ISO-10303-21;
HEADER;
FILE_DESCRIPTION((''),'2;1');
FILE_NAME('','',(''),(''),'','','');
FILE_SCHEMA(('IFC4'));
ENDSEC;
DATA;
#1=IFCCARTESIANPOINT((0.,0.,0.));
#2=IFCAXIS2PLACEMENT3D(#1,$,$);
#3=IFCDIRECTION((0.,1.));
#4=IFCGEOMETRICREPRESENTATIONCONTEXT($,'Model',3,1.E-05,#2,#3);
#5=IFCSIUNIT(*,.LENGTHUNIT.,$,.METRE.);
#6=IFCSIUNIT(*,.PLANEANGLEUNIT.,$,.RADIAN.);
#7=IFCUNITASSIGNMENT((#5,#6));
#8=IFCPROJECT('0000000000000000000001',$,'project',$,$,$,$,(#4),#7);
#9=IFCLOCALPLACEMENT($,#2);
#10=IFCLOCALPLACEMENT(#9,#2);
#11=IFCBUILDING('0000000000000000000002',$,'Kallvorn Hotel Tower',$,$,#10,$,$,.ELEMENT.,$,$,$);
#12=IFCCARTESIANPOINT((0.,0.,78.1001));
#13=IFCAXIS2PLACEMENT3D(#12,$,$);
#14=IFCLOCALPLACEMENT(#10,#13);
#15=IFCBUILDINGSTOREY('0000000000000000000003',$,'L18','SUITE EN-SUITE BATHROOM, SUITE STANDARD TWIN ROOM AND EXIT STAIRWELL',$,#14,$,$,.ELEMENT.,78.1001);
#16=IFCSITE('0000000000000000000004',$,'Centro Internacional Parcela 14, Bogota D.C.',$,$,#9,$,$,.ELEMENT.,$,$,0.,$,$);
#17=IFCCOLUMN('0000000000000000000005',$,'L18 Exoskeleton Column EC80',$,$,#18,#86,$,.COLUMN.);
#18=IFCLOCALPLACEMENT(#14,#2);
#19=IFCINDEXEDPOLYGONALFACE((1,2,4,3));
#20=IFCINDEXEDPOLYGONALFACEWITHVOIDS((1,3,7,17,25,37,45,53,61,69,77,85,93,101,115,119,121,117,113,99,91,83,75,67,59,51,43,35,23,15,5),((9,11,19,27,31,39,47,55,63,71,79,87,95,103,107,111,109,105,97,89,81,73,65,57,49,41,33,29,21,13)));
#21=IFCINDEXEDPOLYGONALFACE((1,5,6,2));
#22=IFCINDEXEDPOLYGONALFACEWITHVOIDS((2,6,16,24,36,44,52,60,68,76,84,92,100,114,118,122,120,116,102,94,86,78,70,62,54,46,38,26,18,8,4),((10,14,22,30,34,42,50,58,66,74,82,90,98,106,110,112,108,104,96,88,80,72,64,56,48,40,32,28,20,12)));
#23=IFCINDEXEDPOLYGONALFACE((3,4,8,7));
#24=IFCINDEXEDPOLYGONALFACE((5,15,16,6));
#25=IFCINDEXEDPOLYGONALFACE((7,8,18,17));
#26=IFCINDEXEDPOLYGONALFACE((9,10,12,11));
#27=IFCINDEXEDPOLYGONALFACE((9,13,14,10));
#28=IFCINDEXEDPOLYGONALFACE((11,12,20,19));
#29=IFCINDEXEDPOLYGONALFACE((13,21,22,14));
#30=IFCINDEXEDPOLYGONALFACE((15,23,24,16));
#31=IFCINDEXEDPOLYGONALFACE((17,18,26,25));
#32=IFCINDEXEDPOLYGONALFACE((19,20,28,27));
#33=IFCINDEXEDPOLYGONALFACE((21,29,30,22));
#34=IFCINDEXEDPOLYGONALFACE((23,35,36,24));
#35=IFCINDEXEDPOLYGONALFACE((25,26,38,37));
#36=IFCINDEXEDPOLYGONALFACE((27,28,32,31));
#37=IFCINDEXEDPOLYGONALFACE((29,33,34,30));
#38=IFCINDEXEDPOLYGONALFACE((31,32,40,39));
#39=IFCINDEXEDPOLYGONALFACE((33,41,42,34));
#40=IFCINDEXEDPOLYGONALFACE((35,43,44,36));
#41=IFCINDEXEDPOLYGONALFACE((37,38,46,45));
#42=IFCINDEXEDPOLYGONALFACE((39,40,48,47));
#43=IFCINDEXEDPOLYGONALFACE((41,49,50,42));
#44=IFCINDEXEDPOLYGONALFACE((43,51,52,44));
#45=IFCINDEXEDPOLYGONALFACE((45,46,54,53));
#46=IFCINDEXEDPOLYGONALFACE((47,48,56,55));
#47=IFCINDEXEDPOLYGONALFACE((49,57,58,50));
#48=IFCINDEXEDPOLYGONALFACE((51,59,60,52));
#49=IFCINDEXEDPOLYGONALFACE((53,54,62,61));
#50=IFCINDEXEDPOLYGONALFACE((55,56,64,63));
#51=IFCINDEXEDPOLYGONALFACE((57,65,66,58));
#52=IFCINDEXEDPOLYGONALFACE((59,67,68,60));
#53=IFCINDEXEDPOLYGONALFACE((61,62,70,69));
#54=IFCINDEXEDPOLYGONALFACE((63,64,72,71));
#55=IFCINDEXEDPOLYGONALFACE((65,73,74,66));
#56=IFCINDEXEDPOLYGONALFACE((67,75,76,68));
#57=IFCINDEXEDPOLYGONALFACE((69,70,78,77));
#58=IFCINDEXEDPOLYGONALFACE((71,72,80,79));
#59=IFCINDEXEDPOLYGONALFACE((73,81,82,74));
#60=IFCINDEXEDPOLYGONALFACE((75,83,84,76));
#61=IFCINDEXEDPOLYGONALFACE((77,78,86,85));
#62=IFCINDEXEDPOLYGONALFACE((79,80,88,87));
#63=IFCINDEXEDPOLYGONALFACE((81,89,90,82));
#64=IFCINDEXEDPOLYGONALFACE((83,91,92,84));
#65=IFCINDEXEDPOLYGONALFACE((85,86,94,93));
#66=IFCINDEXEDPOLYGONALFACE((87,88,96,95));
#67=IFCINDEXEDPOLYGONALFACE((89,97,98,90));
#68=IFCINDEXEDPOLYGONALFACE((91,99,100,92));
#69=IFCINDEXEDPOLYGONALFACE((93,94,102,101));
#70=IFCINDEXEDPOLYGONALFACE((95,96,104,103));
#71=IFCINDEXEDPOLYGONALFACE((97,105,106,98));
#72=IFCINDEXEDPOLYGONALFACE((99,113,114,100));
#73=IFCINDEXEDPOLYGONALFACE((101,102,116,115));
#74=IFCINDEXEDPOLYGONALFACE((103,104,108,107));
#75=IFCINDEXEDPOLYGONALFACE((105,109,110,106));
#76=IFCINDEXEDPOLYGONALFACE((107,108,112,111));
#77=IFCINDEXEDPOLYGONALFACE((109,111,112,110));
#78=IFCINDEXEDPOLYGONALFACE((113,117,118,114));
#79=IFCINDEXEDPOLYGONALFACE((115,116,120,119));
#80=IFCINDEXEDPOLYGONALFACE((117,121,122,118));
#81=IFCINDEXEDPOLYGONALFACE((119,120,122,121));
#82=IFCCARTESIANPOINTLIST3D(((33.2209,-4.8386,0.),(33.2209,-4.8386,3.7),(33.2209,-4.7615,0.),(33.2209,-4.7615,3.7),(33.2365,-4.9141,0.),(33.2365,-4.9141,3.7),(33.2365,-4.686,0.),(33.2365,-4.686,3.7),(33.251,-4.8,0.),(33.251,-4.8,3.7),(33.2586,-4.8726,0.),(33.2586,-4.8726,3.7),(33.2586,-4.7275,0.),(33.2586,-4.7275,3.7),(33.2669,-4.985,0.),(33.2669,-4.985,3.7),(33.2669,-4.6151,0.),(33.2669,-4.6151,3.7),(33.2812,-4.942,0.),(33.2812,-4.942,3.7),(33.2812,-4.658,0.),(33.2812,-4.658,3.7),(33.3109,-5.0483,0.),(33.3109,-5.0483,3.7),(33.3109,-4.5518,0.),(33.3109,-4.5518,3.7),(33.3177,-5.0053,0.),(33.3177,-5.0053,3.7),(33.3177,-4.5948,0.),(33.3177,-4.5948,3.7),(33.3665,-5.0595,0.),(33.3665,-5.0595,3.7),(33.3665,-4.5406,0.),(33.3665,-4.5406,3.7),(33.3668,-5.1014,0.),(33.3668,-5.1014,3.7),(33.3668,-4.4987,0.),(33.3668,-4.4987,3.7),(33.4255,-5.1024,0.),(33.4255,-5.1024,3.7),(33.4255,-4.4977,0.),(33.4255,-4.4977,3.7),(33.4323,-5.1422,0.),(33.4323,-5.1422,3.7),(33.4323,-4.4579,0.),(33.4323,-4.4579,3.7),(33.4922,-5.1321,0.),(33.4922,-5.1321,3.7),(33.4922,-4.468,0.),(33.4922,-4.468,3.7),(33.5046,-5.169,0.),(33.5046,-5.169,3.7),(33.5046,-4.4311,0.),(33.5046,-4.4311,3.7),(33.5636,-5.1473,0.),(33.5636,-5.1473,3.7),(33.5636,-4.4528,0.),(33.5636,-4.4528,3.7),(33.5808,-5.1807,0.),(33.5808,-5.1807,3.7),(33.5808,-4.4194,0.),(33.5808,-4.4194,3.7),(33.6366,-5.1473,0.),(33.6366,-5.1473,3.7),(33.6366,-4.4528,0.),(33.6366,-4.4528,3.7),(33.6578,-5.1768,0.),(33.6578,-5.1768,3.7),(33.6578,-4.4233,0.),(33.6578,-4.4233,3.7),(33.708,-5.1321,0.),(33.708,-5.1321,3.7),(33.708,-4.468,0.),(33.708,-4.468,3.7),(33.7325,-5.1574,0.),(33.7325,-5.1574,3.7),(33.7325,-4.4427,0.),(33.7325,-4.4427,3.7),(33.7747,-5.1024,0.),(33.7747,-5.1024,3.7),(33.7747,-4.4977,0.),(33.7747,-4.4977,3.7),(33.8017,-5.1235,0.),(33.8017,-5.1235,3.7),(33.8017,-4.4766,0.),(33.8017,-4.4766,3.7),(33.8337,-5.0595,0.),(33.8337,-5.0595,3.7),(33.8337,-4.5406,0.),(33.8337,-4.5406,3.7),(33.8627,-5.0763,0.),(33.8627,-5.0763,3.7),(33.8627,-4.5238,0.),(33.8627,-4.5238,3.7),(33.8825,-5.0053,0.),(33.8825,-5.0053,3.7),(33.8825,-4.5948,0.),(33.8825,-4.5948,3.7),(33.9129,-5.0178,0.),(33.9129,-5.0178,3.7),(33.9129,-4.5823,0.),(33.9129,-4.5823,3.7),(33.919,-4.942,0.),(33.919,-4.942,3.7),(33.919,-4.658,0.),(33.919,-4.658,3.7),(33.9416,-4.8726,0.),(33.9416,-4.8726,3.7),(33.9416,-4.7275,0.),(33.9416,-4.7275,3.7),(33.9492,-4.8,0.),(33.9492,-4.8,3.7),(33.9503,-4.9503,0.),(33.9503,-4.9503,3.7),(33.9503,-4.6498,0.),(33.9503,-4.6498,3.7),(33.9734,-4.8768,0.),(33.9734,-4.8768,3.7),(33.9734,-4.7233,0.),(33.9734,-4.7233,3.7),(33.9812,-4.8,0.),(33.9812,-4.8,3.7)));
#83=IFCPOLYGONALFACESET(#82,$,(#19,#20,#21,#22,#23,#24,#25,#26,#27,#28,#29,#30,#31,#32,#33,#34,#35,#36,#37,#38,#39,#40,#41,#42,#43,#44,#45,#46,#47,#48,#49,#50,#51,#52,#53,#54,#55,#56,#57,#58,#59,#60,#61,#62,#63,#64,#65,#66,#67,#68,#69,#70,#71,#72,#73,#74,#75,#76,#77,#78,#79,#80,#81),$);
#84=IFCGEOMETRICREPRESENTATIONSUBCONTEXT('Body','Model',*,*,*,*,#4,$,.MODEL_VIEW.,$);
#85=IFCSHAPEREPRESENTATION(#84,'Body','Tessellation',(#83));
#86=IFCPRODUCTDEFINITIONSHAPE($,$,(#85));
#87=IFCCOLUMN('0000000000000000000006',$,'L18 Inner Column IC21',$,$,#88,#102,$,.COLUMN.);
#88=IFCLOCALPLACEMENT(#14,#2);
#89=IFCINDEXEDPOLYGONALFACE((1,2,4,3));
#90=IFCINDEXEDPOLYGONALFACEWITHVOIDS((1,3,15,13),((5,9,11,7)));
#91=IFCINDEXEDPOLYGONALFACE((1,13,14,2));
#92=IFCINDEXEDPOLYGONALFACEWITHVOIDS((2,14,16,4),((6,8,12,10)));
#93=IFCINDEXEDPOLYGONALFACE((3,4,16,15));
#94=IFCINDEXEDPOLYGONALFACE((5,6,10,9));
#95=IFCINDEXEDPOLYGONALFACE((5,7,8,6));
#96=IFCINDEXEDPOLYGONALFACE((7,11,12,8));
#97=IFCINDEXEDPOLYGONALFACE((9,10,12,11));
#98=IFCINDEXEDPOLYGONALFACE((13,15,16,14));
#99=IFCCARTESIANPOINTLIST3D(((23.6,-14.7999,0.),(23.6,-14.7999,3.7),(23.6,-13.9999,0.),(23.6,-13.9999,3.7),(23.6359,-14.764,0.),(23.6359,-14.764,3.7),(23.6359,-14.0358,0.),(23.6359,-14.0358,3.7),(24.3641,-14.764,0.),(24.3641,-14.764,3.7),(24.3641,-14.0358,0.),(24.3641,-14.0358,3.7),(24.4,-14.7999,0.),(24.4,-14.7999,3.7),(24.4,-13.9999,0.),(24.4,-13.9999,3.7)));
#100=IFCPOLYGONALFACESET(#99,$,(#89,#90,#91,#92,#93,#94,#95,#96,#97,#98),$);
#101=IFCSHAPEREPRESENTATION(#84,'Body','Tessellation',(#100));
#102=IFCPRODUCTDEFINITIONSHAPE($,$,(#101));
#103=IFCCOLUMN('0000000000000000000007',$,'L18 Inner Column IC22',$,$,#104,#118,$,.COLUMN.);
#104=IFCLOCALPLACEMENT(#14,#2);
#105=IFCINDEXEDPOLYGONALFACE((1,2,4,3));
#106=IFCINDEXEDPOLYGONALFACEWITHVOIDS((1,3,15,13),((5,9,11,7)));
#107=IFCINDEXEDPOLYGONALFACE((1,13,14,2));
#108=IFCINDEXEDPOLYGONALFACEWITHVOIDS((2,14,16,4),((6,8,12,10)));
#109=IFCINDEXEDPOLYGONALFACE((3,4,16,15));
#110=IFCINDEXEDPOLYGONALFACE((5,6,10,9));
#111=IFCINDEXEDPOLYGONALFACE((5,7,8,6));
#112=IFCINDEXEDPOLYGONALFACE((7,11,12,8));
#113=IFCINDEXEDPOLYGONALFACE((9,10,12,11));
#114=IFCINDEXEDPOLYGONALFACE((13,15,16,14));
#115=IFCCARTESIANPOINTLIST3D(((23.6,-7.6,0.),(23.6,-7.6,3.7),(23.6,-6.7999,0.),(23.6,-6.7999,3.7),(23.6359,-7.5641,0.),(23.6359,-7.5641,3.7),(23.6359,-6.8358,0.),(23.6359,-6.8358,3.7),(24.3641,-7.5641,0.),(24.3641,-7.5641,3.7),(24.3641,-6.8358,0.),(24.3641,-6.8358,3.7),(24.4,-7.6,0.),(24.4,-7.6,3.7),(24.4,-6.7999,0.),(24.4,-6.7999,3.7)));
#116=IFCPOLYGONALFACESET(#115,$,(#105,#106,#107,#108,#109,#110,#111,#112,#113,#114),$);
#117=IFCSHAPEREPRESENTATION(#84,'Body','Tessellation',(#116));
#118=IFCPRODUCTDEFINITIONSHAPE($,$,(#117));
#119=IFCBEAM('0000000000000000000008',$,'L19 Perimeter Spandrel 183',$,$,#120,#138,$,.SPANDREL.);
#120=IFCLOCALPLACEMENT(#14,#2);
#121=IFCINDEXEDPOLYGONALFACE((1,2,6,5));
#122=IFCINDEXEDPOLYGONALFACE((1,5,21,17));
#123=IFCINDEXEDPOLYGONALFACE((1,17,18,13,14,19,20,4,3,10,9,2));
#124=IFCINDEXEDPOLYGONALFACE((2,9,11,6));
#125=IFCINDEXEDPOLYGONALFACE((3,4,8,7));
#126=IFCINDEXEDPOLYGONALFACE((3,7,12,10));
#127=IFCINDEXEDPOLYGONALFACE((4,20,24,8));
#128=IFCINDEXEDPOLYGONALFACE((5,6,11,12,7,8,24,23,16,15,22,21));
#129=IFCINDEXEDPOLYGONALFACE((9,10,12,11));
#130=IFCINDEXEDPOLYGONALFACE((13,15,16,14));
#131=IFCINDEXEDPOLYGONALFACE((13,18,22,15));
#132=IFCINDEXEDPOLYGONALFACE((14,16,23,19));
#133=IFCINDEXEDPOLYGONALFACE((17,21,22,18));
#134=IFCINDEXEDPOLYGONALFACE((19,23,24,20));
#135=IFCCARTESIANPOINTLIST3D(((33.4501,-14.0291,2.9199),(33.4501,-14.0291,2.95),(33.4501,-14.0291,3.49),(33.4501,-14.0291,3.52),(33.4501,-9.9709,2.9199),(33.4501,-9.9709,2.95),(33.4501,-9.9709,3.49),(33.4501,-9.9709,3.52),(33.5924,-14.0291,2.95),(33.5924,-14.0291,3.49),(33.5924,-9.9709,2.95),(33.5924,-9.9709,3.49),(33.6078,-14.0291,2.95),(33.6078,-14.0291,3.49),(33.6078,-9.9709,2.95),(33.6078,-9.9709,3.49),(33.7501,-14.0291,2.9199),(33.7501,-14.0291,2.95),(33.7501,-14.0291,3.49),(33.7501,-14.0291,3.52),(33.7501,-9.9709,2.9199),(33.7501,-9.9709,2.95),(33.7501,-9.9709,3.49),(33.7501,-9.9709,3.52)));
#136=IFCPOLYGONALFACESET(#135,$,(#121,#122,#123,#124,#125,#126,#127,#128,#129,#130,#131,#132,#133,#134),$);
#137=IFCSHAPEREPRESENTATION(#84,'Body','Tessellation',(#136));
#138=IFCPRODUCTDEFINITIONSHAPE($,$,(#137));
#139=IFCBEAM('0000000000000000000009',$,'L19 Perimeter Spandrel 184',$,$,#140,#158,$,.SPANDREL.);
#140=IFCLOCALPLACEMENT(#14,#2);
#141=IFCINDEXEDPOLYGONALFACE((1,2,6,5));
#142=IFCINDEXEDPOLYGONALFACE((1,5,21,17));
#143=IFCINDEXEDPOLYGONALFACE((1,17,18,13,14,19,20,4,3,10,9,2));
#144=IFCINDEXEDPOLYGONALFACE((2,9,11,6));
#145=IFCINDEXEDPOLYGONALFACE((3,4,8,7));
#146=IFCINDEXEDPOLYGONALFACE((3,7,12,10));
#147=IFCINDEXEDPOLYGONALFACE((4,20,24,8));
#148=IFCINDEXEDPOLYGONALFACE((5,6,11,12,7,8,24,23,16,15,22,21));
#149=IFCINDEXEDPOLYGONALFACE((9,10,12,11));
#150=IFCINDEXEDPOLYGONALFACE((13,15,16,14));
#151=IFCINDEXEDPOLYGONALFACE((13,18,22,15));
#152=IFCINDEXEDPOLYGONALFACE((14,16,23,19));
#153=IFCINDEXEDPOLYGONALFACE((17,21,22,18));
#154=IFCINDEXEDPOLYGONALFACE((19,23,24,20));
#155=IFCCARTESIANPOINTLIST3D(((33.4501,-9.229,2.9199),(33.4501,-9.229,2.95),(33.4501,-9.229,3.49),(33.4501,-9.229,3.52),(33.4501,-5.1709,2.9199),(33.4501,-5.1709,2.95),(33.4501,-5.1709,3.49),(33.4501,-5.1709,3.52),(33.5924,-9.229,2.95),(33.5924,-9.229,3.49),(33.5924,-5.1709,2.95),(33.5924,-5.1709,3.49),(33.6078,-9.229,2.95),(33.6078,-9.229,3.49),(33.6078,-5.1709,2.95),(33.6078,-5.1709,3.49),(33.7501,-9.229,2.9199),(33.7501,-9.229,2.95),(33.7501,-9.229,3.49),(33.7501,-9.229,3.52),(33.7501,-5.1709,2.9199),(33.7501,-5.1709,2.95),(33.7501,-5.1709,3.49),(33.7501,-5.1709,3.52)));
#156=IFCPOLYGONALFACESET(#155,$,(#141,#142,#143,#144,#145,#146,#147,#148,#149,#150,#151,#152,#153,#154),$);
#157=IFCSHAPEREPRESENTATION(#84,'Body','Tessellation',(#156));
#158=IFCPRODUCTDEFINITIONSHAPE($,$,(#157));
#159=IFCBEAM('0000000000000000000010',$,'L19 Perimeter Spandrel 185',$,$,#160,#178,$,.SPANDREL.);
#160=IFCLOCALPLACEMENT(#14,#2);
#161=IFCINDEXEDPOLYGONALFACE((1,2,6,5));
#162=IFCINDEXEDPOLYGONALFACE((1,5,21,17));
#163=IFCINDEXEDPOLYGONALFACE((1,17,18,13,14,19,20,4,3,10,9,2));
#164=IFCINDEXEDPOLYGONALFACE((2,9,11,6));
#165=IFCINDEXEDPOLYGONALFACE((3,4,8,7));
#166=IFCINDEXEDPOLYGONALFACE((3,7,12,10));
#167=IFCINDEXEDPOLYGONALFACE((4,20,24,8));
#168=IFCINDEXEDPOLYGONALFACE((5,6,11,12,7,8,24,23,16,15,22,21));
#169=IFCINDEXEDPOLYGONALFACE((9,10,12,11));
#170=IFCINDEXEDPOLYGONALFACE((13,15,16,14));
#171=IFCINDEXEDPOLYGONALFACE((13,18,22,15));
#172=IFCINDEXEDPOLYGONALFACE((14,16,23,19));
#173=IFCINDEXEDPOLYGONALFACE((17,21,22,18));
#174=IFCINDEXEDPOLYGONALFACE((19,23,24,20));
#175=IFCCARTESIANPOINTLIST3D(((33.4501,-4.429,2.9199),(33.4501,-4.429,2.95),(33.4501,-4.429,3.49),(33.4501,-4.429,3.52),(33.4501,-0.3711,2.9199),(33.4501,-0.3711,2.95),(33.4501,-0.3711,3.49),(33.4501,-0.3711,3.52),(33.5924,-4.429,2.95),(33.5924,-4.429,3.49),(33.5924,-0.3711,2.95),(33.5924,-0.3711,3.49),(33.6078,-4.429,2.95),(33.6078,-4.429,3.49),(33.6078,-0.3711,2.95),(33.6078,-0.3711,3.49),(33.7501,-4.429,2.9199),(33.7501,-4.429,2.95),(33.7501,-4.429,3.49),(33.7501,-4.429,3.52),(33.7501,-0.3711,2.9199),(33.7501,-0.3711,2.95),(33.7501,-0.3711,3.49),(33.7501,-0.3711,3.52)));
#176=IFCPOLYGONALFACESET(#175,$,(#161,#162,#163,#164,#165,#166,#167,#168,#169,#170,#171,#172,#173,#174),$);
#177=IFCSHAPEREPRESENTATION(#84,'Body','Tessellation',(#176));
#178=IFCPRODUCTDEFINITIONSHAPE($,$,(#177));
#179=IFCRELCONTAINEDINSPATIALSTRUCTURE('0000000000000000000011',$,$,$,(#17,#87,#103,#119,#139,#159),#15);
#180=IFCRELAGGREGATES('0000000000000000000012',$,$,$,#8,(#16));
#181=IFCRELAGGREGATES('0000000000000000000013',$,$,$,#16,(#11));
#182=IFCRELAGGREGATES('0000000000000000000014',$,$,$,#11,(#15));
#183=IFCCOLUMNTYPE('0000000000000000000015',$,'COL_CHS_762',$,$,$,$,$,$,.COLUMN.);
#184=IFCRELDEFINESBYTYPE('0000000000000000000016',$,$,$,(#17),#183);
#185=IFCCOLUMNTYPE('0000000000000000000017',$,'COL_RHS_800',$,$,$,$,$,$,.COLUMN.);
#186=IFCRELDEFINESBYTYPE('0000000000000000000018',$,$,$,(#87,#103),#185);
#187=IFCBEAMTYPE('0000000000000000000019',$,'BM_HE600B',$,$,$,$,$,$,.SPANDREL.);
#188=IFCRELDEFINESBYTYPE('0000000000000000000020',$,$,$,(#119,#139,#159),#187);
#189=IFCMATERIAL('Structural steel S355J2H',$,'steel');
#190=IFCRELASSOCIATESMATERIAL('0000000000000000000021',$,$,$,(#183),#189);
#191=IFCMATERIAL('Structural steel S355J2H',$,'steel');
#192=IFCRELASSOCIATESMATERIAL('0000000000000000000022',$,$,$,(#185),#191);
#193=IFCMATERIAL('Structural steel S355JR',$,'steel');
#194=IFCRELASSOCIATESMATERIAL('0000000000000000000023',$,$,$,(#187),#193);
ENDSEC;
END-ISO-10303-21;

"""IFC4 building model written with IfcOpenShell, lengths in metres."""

from ifc_helpers import new_model, si_unit, direction, frame, origin, origin_2d, place, context, subcontext, project, spatial, hollow_rectangle, hollow_circle, i_section, extrude, material, material_profile, profile_set, type_object, element, save


model = new_model("IFC4")

# Units and contexts
model_context = context("Model", 3, precision=1e-05, world=origin(), true_north=direction((0.0, 1.0)))
body_context = subcontext(model_context, "Body", "Model", "MODEL_VIEW")
ifc_project = project(units=[si_unit("LENGTHUNIT", "METRE"), si_unit("PLANEANGLEUNIT", "RADIAN")], contexts=[model_context])

# Site, building, storey
site_placement = place(None, origin())
site = spatial("IfcSite", under=ifc_project, at=site_placement, Name="Centro Internacional Parcela 14, Bogota D.C.", CompositionType="ELEMENT", RefElevation=0.0)
building_placement = place(site_placement, origin())
building = spatial("IfcBuilding", under=site, at=building_placement, Name="Kallvorn Hotel Tower", CompositionType="ELEMENT")
storey_placement = place(building_placement, frame((0.0, 0.0, 78.1001)))
storey = spatial("IfcBuildingStorey", under=building, at=storey_placement, Name="L18", Description="SUITE EN-SUITE BATHROOM, SUITE STANDARD TWIN ROOM AND EXIT STAIRWELL", CompositionType="ELEMENT", Elevation=78.1001)

# Columns
ifc_material_1 = material(Name="Structural steel S355J2H", Category="steel")
ifc_material_profile_1 = material_profile(ifc_material_1, hollow_circle(Radius=0.3811, WallThickness=0.032, at=origin_2d()), Name="CHS 762x32")
ifc_profile_set_1 = profile_set([ifc_material_profile_1], Name="Structural steel S355J2H")
column_type_1 = type_object("IfcColumnType", Name="COL_CHS_762", PredefinedType="COLUMN", material=ifc_profile_set_1)
for number, where, z_axis, x_axis, name in (
    (1, (33.6001, -4.8, 0.0), (0.0, 0.0, 1.0), (1.0, 0.0, 0.0), "L18 Exoskeleton Column EC80"),
):
    element("IfcColumn", number, at=place(storey_placement, frame(where, z_axis=z_axis, x_axis=x_axis)), inside=storey, type_object=column_type_1, Name=name, PredefinedType="COLUMN", context=body_context, shape_type="SweptSolid", body=[
        extrude(hollow_circle(Radius=0.3811, WallThickness=0.032, at=origin_2d()), origin(), (0.0, 0.0, 1.0), 3.7),
    ])
ifc_material_2 = material(Name="Structural steel S355J2H", Category="steel")
ifc_material_profile_2 = material_profile(ifc_material_2, hollow_rectangle(XDim=0.8, YDim=0.8, WallThickness=0.0359, at=origin_2d()), Name="RHS 800x800x36")
ifc_profile_set_2 = profile_set([ifc_material_profile_2], Name="Structural steel S355J2H")
column_type_2 = type_object("IfcColumnType", Name="COL_RHS_800", PredefinedType="COLUMN", material=ifc_profile_set_2)
for number, where, z_axis, x_axis, name in (
    (2, (24.0, -14.3999, 0.0), (0.0, 0.0, 1.0), (1.0, 0.0, 0.0), "L18 Inner Column IC21"),
    (3, (24.0, -7.2, 0.0), (0.0, 0.0, 1.0), (1.0, 0.0, 0.0), "L18 Inner Column IC22"),
):
    element("IfcColumn", number, at=place(storey_placement, frame(where, z_axis=z_axis, x_axis=x_axis)), inside=storey, type_object=column_type_2, Name=name, PredefinedType="COLUMN", context=body_context, shape_type="SweptSolid", body=[
        extrude(hollow_rectangle(XDim=0.8, YDim=0.8, WallThickness=0.0359, at=origin_2d()), origin(), (0.0, 0.0, 1.0), 3.7),
    ])

# Beams
ifc_material_3 = material(Name="Structural steel S355JR", Category="steel")
ifc_material_profile_3 = material_profile(ifc_material_3, i_section(OverallWidth=0.3, OverallDepth=0.6001, WebThickness=0.0154, FlangeThickness=0.03, at=origin_2d()), Name="HE 600 B")
ifc_profile_set_3 = profile_set([ifc_material_profile_3], Name="Structural steel S355JR")
beam_type_1 = type_object("IfcBeamType", Name="BM_HE600B", PredefinedType="SPANDREL", material=ifc_profile_set_3)
for number, where, z_axis, x_axis, name in (
    (4, (33.6001, -14.0291, 3.22), (0.0, 1.0, 0.0), (-1.0, 0.0, 0.0), "L19 Perimeter Spandrel 183"),
    (5, (33.6001, -9.229, 3.22), (0.0, 1.0, 0.0), (-1.0, 0.0, 0.0), "L19 Perimeter Spandrel 184"),
):
    element("IfcBeam", number, at=place(storey_placement, frame(where, z_axis=z_axis, x_axis=x_axis)), inside=storey, type_object=beam_type_1, Name=name, PredefinedType="SPANDREL", context=body_context, shape_type="SweptSolid", body=[
        extrude(i_section(OverallWidth=0.3, OverallDepth=0.6001, WebThickness=0.0154, FlangeThickness=0.03, at=origin_2d()), origin(), (0.0, 0.0, 1.0), 4.0581),
    ])
beam_1_placement = place(storey_placement, frame((33.6001, -4.429, 3.22), z_axis=(0.0, 1.0, 0.0), x_axis=(-1.0, 0.0, 0.0)))
element("IfcBeam", 6, at=beam_1_placement, inside=storey, type_object=beam_type_1, Name="L19 Perimeter Spandrel 185", PredefinedType="SPANDREL", context=body_context, shape_type="SweptSolid", body=[
    extrude(i_section(OverallWidth=0.3, OverallDepth=0.6001, WebThickness=0.0154, FlangeThickness=0.03, at=origin_2d()), origin(), (0.0, 0.0, 1.0), 4.0579),
])

save(model, "model.ifc")
